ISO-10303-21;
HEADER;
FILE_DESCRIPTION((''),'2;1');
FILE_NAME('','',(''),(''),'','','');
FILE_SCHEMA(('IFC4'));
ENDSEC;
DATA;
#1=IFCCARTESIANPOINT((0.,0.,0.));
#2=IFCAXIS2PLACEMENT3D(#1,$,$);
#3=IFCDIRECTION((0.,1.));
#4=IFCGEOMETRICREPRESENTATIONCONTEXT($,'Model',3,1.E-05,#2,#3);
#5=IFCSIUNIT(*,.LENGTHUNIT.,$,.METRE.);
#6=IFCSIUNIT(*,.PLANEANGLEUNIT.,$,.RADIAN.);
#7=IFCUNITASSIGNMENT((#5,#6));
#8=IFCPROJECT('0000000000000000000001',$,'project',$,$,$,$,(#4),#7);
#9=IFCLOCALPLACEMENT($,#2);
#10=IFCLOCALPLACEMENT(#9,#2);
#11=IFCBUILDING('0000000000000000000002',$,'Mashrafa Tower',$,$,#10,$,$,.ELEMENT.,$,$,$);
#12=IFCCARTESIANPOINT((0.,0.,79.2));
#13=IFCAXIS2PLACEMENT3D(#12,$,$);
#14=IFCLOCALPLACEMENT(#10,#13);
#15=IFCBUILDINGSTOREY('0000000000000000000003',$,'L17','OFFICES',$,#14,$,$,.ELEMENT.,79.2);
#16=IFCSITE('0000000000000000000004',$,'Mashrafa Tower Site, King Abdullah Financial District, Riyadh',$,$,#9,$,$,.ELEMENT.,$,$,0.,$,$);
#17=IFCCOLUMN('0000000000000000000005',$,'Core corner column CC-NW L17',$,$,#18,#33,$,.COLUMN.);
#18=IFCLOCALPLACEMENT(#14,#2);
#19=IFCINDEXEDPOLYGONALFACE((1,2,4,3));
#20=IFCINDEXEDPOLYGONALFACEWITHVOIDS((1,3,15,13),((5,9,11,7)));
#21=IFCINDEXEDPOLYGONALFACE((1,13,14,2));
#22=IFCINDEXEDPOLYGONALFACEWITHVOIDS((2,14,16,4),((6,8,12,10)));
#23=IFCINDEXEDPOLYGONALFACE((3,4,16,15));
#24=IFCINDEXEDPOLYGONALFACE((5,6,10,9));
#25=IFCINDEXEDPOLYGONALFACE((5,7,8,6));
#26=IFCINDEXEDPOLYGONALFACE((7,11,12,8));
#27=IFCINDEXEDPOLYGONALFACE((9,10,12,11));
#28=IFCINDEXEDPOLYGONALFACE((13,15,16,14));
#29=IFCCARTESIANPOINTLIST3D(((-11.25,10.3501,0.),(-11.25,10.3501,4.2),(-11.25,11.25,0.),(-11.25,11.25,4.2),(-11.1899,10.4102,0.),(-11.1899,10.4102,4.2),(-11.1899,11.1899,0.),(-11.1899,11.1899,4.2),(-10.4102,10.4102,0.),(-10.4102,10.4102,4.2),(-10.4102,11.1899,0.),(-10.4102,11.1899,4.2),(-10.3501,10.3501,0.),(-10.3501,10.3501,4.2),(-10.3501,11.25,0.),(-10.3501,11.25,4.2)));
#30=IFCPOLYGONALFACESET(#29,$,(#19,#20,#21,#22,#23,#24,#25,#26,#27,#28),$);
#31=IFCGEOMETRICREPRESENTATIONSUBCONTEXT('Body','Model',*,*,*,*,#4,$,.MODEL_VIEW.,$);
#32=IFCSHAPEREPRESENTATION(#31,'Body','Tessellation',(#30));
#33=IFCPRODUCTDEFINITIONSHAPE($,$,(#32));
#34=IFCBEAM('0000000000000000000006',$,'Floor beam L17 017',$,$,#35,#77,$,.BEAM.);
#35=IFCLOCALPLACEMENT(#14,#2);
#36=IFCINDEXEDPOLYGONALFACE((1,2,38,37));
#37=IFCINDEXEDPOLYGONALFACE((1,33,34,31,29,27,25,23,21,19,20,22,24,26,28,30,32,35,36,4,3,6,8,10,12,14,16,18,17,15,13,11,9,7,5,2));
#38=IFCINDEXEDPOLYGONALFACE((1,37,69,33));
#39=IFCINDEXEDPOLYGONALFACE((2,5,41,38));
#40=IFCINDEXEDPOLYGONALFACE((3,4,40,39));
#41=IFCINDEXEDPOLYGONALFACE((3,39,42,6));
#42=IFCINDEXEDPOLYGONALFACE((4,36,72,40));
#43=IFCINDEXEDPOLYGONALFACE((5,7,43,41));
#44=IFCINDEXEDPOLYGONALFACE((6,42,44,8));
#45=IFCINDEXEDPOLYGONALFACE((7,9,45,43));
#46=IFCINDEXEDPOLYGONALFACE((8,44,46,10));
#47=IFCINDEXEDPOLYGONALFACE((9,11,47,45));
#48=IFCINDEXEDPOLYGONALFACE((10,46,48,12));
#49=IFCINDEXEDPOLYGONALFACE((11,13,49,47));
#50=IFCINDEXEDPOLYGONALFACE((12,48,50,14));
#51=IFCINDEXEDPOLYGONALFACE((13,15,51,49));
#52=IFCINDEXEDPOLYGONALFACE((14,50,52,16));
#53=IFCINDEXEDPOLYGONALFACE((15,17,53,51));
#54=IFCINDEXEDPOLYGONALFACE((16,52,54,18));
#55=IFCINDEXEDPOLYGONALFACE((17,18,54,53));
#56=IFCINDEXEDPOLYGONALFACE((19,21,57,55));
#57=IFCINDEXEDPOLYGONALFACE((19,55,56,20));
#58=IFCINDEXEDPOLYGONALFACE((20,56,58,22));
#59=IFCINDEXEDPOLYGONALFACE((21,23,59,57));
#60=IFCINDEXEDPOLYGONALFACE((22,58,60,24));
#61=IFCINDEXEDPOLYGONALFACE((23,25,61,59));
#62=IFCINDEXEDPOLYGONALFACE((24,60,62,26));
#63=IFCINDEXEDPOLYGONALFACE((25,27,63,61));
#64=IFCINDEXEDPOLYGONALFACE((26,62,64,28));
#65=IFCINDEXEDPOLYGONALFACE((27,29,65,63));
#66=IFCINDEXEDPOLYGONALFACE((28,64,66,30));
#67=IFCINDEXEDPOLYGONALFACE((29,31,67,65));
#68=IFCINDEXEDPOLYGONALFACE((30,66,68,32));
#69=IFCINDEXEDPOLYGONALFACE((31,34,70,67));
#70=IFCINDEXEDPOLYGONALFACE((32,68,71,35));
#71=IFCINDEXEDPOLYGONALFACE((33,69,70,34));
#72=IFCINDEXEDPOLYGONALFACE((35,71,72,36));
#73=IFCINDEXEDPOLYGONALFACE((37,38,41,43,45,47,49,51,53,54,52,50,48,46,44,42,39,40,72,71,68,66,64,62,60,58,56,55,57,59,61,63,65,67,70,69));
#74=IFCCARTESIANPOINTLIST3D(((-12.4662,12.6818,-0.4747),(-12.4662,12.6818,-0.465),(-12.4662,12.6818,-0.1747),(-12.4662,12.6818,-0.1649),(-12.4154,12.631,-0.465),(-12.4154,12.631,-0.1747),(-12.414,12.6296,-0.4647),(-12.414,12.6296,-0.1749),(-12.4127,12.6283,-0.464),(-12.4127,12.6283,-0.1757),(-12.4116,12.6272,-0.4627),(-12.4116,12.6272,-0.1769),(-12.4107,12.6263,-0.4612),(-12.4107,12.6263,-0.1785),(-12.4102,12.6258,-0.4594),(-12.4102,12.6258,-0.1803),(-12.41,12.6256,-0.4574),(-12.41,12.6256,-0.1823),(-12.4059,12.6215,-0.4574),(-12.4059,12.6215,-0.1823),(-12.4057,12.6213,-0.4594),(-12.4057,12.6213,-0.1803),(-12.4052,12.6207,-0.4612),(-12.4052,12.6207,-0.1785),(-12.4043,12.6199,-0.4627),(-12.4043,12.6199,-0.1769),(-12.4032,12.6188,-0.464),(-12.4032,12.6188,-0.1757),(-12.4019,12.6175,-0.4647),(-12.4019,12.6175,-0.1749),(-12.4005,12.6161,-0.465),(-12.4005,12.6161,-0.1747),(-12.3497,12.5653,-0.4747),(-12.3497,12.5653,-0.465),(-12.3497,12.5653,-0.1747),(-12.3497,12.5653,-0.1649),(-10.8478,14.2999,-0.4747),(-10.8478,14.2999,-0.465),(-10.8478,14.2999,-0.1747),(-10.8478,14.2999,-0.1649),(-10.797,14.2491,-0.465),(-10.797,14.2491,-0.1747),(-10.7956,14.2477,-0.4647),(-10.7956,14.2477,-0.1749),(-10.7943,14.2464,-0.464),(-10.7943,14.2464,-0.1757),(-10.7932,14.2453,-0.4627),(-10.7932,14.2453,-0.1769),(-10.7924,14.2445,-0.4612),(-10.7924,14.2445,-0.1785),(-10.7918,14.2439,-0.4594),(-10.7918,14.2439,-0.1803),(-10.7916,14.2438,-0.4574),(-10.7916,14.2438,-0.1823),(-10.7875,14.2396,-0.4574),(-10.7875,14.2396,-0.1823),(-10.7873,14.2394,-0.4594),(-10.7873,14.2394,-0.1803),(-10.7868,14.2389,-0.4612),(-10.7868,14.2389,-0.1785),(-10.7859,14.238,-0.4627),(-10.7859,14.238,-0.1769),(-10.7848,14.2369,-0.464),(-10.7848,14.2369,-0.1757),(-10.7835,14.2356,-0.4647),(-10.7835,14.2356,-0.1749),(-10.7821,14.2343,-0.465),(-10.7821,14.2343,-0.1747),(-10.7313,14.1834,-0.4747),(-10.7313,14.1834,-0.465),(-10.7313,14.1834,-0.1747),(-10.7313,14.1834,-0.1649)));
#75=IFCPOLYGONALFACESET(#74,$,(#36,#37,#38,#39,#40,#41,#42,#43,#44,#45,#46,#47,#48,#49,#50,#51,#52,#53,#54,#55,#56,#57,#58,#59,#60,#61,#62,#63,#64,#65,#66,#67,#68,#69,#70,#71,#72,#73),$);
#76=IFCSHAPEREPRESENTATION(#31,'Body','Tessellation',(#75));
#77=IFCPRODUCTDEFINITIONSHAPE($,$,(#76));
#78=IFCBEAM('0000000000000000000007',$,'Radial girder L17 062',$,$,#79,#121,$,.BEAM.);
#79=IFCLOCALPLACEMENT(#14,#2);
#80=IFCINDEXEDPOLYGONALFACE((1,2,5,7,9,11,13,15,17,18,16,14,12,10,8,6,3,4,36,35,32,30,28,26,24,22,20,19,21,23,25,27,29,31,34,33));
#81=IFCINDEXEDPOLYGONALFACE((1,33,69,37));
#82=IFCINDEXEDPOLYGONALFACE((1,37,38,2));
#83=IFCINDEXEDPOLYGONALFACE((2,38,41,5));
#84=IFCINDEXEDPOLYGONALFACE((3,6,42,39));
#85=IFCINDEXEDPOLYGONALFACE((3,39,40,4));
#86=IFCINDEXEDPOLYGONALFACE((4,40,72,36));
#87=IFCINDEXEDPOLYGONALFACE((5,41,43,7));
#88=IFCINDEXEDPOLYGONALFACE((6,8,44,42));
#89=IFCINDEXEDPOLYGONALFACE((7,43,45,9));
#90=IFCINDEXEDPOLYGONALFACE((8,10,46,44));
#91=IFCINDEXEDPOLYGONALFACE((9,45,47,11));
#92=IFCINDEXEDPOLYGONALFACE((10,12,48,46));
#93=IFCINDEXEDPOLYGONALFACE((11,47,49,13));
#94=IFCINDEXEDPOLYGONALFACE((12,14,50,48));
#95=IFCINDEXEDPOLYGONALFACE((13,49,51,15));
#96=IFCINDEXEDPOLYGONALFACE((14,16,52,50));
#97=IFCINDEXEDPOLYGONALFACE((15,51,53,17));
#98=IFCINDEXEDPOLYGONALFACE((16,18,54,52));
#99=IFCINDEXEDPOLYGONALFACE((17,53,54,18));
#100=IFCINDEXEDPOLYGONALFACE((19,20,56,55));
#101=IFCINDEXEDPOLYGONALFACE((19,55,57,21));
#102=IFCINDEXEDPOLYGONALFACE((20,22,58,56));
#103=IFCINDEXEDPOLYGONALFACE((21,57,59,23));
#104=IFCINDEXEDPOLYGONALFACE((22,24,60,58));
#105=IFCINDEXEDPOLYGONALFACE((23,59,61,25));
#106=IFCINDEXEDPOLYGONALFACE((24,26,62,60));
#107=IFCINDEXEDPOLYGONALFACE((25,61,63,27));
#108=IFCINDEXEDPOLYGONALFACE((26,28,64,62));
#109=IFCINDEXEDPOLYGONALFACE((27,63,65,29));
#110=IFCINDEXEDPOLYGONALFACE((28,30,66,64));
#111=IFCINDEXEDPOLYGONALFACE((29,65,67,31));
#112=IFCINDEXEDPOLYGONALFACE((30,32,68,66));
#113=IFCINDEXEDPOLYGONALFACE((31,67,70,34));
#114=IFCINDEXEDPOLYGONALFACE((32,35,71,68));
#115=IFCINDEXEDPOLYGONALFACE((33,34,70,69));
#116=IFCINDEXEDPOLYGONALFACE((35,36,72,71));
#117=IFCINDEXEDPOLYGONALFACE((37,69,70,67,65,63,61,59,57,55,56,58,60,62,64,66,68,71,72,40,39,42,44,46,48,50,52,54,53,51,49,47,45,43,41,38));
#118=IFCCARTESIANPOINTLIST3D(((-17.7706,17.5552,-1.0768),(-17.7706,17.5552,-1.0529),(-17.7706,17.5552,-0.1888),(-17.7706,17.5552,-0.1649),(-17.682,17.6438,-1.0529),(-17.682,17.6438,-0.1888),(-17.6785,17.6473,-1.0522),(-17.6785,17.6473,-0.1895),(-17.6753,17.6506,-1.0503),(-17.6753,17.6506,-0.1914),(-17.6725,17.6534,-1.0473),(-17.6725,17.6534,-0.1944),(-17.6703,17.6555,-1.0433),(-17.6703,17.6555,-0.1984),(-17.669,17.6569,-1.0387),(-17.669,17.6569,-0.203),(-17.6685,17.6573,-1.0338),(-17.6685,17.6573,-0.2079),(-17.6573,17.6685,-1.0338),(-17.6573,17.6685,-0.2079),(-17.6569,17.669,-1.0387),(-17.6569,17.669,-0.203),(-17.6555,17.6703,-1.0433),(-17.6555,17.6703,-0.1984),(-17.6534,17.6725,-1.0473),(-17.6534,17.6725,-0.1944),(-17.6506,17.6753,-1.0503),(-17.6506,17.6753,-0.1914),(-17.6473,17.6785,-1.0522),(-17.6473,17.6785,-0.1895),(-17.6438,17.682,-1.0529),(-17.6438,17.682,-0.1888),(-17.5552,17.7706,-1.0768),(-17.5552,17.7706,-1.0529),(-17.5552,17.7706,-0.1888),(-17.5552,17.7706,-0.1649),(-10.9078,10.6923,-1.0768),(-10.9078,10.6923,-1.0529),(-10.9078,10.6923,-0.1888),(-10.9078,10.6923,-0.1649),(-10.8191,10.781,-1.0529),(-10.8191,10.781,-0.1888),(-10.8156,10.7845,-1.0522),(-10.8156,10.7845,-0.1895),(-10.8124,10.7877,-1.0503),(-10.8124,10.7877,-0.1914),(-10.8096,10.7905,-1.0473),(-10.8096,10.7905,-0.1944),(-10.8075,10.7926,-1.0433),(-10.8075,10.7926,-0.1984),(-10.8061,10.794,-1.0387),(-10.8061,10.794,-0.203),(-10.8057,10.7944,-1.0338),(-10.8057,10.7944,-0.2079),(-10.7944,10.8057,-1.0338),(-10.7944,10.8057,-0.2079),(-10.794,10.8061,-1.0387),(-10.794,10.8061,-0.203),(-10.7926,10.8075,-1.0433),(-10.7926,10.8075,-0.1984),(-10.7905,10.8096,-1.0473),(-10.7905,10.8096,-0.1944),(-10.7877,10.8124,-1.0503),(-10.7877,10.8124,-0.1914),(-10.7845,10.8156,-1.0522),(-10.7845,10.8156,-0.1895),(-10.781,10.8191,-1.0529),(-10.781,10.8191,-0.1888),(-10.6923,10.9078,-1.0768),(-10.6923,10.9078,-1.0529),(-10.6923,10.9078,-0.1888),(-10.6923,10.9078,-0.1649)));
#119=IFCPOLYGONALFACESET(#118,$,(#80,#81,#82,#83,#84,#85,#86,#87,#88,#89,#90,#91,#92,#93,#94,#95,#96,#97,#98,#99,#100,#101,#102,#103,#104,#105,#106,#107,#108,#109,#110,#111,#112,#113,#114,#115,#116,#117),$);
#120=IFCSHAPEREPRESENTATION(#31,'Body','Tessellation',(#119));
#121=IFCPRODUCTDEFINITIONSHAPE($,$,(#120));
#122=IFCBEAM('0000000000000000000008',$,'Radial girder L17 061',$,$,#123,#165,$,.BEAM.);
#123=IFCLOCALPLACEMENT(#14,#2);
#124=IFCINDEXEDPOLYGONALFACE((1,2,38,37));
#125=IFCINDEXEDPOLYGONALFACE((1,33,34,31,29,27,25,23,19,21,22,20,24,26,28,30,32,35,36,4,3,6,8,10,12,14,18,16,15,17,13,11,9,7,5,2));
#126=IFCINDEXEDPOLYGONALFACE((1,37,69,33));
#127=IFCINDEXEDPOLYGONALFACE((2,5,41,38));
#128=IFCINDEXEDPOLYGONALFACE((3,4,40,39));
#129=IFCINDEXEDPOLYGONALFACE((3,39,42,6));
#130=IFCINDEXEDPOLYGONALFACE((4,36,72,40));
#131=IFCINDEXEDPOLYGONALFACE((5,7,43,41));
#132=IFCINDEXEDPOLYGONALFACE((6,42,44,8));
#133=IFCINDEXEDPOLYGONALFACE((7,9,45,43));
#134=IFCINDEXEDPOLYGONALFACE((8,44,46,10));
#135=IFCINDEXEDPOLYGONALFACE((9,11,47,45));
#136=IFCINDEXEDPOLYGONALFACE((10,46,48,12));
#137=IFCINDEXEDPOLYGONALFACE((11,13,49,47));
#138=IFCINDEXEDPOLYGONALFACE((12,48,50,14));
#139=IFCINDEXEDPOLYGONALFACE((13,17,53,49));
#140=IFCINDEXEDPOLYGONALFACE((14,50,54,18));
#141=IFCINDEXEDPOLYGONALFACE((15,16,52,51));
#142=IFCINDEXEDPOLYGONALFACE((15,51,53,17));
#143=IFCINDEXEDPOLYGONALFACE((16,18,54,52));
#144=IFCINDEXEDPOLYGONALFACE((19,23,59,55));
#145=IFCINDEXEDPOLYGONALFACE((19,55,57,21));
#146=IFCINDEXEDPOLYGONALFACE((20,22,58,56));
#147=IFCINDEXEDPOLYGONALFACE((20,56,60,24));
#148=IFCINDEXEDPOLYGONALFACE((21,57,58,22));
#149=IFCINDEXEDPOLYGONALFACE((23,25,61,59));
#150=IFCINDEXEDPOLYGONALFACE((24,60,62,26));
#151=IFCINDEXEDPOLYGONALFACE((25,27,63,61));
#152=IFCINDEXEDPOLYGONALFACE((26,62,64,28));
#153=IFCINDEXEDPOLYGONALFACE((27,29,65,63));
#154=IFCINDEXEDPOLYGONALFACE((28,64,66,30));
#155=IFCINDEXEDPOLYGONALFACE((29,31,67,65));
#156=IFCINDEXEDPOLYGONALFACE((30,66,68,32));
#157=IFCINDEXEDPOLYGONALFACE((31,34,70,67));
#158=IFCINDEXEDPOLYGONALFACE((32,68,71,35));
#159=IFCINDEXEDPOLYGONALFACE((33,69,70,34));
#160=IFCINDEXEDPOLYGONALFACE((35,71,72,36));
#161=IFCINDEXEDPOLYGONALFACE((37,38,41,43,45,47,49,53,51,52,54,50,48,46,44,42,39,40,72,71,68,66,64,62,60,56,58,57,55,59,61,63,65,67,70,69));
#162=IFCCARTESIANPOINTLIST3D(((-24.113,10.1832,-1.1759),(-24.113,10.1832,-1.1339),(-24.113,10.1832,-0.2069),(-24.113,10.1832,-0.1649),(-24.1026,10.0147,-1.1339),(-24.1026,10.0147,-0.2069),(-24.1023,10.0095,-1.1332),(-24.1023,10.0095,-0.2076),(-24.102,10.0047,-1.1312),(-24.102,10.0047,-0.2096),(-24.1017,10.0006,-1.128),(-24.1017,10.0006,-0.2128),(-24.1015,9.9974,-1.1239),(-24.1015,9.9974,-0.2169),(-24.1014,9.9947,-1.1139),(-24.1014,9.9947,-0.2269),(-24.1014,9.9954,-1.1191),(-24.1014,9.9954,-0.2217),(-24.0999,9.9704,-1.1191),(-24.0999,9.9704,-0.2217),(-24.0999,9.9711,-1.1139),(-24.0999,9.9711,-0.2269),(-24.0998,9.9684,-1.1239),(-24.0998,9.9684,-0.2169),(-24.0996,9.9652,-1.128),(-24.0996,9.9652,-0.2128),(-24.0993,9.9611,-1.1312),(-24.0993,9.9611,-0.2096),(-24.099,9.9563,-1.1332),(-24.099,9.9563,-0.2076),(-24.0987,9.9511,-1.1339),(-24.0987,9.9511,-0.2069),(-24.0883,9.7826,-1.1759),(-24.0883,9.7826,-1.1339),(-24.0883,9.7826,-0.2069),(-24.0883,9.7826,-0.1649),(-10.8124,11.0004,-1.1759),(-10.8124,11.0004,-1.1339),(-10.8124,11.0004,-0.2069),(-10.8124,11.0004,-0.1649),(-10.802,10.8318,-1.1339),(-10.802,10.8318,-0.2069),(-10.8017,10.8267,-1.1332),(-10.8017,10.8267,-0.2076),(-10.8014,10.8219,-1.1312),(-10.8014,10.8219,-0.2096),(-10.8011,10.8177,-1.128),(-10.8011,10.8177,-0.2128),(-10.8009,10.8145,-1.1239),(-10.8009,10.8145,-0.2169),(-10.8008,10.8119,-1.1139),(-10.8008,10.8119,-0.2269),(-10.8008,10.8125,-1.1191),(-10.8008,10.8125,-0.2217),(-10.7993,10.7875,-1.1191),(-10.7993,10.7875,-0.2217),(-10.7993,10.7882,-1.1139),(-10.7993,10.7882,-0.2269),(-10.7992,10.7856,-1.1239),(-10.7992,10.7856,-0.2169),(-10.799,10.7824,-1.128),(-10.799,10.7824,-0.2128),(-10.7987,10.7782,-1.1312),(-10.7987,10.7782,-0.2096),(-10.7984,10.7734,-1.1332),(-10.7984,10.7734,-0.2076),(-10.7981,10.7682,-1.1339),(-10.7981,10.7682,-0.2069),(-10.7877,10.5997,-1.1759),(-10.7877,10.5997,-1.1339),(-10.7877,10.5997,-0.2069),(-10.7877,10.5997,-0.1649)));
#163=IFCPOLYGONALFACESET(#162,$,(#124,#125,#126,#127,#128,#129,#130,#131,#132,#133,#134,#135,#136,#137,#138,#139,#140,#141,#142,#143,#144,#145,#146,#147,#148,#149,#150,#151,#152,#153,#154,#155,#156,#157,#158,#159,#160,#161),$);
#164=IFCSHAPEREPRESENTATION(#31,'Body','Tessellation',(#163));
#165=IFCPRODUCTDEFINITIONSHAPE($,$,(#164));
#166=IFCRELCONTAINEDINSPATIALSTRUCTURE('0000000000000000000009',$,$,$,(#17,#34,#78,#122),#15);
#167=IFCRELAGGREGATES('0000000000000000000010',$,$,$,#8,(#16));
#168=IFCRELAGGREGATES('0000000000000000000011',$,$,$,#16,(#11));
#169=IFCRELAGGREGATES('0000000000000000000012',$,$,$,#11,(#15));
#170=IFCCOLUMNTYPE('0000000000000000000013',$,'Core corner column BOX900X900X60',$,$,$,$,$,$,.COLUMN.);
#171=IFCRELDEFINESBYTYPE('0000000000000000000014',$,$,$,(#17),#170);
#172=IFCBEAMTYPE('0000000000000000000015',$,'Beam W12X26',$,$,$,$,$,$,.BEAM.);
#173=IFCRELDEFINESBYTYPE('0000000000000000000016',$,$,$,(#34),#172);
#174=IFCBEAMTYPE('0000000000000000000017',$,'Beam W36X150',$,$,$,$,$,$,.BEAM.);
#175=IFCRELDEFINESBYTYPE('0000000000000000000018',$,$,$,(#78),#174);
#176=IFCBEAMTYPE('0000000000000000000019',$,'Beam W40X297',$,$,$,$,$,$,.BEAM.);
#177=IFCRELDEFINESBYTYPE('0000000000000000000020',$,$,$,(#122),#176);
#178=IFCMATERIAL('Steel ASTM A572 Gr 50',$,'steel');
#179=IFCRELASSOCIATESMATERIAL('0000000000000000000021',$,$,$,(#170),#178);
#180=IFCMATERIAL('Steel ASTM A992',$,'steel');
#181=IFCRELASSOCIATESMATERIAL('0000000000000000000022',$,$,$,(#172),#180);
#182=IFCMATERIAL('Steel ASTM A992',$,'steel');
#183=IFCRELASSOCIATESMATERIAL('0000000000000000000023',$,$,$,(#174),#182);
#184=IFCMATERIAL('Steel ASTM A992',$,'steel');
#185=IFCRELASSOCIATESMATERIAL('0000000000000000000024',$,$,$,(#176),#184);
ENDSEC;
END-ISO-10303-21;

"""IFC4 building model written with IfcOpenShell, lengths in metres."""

from ifc_helpers import new_model, si_unit, direction, frame, origin, origin_2d, place, context, subcontext, project, spatial, hollow_rectangle, i_section, extrude, material, material_profile, profile_set, type_object, element, save


model = new_model("IFC4")

# Units and contexts
model_context = context("Model", 3, precision=1e-05, world=origin(), true_north=direction((0.0, 1.0)))
body_context = subcontext(model_context, "Body", "Model", "MODEL_VIEW")
ifc_project = project(units=[si_unit("LENGTHUNIT", "METRE"), si_unit("PLANEANGLEUNIT", "RADIAN")], contexts=[model_context])

# Site, building, storey
site_placement = place(None, origin())
site = spatial("IfcSite", under=ifc_project, at=site_placement, Name="Mashrafa Tower Site, King Abdullah Financial District, Riyadh", CompositionType="ELEMENT", RefElevation=0.0)
building_placement = place(site_placement, origin())
building = spatial("IfcBuilding", under=site, at=building_placement, Name="Mashrafa Tower", CompositionType="ELEMENT")
storey_placement = place(building_placement, frame((0.0, 0.0, 79.2)))
storey = spatial("IfcBuildingStorey", under=building, at=storey_placement, Name="L17", Description="OFFICES", CompositionType="ELEMENT", Elevation=79.2)

# Column
ifc_material_1 = material(Name="Steel ASTM A572 Gr 50", Category="steel")
ifc_material_profile_1 = material_profile(ifc_material_1, hollow_rectangle(XDim=0.8999, YDim=0.8999, WallThickness=0.0601, at=origin_2d()), Name="BOX900X900X60")
ifc_profile_set_1 = profile_set([ifc_material_profile_1], Name="Steel ASTM A572 Gr 50")
column_type = type_object("IfcColumnType", Name="Core corner column BOX900X900X60", PredefinedType="COLUMN", material=ifc_profile_set_1)
column_placement = place(storey_placement, frame((-10.8, 10.8, 0.0), z_axis=(0.0, 0.0, 1.0), x_axis=(1.0, 0.0, 0.0)))
element("IfcColumn", 1, at=column_placement, inside=storey, type_object=column_type, Name="Core corner column CC-NW L17", PredefinedType="COLUMN", context=body_context, shape_type="SweptSolid", body=[
    extrude(hollow_rectangle(XDim=0.8999, YDim=0.8999, WallThickness=0.0601, at=origin_2d()), origin(), (0.0, 0.0, 1.0), 4.2),
])

# Beams
ifc_material_2 = material(Name="Steel ASTM A992", Category="steel")
ifc_material_profile_2 = material_profile(ifc_material_2, i_section(OverallWidth=0.1648, OverallDepth=0.3098, WebThickness=0.0059, FlangeThickness=0.0098, FilletRadius=0.0076, at=origin_2d()), Name="W12X26")
ifc_profile_set_2 = profile_set([ifc_material_profile_2], Name="Steel ASTM A992")
beam_type_1 = type_object("IfcBeamType", Name="Beam W12X26", PredefinedType="BEAM", material=ifc_profile_set_2)
beam_1_placement = place(storey_placement, frame((-12.408, 12.6235, -0.3198), z_axis=(0.70716, 0.707053, 0.0), x_axis=(-0.707053, 0.70716, 0.0)))
element("IfcBeam", 2, at=beam_1_placement, inside=storey, type_object=beam_type_1, Name="Floor beam L17 017", PredefinedType="BEAM", context=body_context, shape_type="SweptSolid", body=[
    extrude(i_section(OverallWidth=0.1648, OverallDepth=0.3098, WebThickness=0.0059, FlangeThickness=0.0098, FilletRadius=0.0076, at=origin_2d()), origin(), (0.0, 0.0, 1.0), 2.2886),
])
ifc_material_3 = material(Name="Steel ASTM A992", Category="steel")
ifc_material_profile_3 = material_profile(ifc_material_3, i_section(OverallWidth=0.3047, OverallDepth=0.9119, WebThickness=0.0159, FlangeThickness=0.0239, FilletRadius=0.019, at=origin_2d()), Name="W36X150")
ifc_profile_set_3 = profile_set([ifc_material_profile_3], Name="Steel ASTM A992")
beam_type_2 = type_object("IfcBeamType", Name="Beam W36X150", PredefinedType="BEAM", material=ifc_profile_set_3)
beam_2_placement = place(storey_placement, frame((-10.8, 10.8, -0.6208), z_axis=(-0.707107, 0.707107, 0.0), x_axis=(-0.707107, -0.707107, 0.0)))
element("IfcBeam", 3, at=beam_2_placement, inside=storey, type_object=beam_type_2, Name="Radial girder L17 062", PredefinedType="BEAM", context=body_context, shape_type="SweptSolid", body=[
    extrude(i_section(OverallWidth=0.3047, OverallDepth=0.9119, WebThickness=0.0159, FlangeThickness=0.0239, FilletRadius=0.019, at=origin_2d()), origin(), (0.0, 0.0, 1.0), 9.7056),
])
ifc_material_4 = material(Name="Steel ASTM A992", Category="steel")
ifc_material_profile_4 = material_profile(ifc_material_4, i_section(OverallWidth=0.4014, OverallDepth=1.011, WebThickness=0.0237, FlangeThickness=0.042, FilletRadius=0.02, at=origin_2d()), Name="W40X297")
ifc_profile_set_4 = profile_set([ifc_material_profile_4], Name="Steel ASTM A992")
beam_type_3 = type_object("IfcBeamType", Name="Beam W40X297", PredefinedType="BEAM", material=ifc_profile_set_4)
for number, where, z_axis, x_axis, name in (
    (4, (-10.8, 10.8, -0.6704), (-0.998118, -0.061321, 0.0), (0.061321, -0.998118, 0.0), "Radial girder L17 061"),
):
    element("IfcBeam", number, at=place(storey_placement, frame(where, z_axis=z_axis, x_axis=x_axis)), inside=storey, type_object=beam_type_3, Name=name, PredefinedType="BEAM", context=body_context, shape_type="SweptSolid", body=[
        extrude(i_section(OverallWidth=0.4014, OverallDepth=1.011, WebThickness=0.0237, FlangeThickness=0.042, FilletRadius=0.02, at=origin_2d()), origin(), (0.0, 0.0, 1.0), 13.3257),
    ])

save(model, "model.ifc")
